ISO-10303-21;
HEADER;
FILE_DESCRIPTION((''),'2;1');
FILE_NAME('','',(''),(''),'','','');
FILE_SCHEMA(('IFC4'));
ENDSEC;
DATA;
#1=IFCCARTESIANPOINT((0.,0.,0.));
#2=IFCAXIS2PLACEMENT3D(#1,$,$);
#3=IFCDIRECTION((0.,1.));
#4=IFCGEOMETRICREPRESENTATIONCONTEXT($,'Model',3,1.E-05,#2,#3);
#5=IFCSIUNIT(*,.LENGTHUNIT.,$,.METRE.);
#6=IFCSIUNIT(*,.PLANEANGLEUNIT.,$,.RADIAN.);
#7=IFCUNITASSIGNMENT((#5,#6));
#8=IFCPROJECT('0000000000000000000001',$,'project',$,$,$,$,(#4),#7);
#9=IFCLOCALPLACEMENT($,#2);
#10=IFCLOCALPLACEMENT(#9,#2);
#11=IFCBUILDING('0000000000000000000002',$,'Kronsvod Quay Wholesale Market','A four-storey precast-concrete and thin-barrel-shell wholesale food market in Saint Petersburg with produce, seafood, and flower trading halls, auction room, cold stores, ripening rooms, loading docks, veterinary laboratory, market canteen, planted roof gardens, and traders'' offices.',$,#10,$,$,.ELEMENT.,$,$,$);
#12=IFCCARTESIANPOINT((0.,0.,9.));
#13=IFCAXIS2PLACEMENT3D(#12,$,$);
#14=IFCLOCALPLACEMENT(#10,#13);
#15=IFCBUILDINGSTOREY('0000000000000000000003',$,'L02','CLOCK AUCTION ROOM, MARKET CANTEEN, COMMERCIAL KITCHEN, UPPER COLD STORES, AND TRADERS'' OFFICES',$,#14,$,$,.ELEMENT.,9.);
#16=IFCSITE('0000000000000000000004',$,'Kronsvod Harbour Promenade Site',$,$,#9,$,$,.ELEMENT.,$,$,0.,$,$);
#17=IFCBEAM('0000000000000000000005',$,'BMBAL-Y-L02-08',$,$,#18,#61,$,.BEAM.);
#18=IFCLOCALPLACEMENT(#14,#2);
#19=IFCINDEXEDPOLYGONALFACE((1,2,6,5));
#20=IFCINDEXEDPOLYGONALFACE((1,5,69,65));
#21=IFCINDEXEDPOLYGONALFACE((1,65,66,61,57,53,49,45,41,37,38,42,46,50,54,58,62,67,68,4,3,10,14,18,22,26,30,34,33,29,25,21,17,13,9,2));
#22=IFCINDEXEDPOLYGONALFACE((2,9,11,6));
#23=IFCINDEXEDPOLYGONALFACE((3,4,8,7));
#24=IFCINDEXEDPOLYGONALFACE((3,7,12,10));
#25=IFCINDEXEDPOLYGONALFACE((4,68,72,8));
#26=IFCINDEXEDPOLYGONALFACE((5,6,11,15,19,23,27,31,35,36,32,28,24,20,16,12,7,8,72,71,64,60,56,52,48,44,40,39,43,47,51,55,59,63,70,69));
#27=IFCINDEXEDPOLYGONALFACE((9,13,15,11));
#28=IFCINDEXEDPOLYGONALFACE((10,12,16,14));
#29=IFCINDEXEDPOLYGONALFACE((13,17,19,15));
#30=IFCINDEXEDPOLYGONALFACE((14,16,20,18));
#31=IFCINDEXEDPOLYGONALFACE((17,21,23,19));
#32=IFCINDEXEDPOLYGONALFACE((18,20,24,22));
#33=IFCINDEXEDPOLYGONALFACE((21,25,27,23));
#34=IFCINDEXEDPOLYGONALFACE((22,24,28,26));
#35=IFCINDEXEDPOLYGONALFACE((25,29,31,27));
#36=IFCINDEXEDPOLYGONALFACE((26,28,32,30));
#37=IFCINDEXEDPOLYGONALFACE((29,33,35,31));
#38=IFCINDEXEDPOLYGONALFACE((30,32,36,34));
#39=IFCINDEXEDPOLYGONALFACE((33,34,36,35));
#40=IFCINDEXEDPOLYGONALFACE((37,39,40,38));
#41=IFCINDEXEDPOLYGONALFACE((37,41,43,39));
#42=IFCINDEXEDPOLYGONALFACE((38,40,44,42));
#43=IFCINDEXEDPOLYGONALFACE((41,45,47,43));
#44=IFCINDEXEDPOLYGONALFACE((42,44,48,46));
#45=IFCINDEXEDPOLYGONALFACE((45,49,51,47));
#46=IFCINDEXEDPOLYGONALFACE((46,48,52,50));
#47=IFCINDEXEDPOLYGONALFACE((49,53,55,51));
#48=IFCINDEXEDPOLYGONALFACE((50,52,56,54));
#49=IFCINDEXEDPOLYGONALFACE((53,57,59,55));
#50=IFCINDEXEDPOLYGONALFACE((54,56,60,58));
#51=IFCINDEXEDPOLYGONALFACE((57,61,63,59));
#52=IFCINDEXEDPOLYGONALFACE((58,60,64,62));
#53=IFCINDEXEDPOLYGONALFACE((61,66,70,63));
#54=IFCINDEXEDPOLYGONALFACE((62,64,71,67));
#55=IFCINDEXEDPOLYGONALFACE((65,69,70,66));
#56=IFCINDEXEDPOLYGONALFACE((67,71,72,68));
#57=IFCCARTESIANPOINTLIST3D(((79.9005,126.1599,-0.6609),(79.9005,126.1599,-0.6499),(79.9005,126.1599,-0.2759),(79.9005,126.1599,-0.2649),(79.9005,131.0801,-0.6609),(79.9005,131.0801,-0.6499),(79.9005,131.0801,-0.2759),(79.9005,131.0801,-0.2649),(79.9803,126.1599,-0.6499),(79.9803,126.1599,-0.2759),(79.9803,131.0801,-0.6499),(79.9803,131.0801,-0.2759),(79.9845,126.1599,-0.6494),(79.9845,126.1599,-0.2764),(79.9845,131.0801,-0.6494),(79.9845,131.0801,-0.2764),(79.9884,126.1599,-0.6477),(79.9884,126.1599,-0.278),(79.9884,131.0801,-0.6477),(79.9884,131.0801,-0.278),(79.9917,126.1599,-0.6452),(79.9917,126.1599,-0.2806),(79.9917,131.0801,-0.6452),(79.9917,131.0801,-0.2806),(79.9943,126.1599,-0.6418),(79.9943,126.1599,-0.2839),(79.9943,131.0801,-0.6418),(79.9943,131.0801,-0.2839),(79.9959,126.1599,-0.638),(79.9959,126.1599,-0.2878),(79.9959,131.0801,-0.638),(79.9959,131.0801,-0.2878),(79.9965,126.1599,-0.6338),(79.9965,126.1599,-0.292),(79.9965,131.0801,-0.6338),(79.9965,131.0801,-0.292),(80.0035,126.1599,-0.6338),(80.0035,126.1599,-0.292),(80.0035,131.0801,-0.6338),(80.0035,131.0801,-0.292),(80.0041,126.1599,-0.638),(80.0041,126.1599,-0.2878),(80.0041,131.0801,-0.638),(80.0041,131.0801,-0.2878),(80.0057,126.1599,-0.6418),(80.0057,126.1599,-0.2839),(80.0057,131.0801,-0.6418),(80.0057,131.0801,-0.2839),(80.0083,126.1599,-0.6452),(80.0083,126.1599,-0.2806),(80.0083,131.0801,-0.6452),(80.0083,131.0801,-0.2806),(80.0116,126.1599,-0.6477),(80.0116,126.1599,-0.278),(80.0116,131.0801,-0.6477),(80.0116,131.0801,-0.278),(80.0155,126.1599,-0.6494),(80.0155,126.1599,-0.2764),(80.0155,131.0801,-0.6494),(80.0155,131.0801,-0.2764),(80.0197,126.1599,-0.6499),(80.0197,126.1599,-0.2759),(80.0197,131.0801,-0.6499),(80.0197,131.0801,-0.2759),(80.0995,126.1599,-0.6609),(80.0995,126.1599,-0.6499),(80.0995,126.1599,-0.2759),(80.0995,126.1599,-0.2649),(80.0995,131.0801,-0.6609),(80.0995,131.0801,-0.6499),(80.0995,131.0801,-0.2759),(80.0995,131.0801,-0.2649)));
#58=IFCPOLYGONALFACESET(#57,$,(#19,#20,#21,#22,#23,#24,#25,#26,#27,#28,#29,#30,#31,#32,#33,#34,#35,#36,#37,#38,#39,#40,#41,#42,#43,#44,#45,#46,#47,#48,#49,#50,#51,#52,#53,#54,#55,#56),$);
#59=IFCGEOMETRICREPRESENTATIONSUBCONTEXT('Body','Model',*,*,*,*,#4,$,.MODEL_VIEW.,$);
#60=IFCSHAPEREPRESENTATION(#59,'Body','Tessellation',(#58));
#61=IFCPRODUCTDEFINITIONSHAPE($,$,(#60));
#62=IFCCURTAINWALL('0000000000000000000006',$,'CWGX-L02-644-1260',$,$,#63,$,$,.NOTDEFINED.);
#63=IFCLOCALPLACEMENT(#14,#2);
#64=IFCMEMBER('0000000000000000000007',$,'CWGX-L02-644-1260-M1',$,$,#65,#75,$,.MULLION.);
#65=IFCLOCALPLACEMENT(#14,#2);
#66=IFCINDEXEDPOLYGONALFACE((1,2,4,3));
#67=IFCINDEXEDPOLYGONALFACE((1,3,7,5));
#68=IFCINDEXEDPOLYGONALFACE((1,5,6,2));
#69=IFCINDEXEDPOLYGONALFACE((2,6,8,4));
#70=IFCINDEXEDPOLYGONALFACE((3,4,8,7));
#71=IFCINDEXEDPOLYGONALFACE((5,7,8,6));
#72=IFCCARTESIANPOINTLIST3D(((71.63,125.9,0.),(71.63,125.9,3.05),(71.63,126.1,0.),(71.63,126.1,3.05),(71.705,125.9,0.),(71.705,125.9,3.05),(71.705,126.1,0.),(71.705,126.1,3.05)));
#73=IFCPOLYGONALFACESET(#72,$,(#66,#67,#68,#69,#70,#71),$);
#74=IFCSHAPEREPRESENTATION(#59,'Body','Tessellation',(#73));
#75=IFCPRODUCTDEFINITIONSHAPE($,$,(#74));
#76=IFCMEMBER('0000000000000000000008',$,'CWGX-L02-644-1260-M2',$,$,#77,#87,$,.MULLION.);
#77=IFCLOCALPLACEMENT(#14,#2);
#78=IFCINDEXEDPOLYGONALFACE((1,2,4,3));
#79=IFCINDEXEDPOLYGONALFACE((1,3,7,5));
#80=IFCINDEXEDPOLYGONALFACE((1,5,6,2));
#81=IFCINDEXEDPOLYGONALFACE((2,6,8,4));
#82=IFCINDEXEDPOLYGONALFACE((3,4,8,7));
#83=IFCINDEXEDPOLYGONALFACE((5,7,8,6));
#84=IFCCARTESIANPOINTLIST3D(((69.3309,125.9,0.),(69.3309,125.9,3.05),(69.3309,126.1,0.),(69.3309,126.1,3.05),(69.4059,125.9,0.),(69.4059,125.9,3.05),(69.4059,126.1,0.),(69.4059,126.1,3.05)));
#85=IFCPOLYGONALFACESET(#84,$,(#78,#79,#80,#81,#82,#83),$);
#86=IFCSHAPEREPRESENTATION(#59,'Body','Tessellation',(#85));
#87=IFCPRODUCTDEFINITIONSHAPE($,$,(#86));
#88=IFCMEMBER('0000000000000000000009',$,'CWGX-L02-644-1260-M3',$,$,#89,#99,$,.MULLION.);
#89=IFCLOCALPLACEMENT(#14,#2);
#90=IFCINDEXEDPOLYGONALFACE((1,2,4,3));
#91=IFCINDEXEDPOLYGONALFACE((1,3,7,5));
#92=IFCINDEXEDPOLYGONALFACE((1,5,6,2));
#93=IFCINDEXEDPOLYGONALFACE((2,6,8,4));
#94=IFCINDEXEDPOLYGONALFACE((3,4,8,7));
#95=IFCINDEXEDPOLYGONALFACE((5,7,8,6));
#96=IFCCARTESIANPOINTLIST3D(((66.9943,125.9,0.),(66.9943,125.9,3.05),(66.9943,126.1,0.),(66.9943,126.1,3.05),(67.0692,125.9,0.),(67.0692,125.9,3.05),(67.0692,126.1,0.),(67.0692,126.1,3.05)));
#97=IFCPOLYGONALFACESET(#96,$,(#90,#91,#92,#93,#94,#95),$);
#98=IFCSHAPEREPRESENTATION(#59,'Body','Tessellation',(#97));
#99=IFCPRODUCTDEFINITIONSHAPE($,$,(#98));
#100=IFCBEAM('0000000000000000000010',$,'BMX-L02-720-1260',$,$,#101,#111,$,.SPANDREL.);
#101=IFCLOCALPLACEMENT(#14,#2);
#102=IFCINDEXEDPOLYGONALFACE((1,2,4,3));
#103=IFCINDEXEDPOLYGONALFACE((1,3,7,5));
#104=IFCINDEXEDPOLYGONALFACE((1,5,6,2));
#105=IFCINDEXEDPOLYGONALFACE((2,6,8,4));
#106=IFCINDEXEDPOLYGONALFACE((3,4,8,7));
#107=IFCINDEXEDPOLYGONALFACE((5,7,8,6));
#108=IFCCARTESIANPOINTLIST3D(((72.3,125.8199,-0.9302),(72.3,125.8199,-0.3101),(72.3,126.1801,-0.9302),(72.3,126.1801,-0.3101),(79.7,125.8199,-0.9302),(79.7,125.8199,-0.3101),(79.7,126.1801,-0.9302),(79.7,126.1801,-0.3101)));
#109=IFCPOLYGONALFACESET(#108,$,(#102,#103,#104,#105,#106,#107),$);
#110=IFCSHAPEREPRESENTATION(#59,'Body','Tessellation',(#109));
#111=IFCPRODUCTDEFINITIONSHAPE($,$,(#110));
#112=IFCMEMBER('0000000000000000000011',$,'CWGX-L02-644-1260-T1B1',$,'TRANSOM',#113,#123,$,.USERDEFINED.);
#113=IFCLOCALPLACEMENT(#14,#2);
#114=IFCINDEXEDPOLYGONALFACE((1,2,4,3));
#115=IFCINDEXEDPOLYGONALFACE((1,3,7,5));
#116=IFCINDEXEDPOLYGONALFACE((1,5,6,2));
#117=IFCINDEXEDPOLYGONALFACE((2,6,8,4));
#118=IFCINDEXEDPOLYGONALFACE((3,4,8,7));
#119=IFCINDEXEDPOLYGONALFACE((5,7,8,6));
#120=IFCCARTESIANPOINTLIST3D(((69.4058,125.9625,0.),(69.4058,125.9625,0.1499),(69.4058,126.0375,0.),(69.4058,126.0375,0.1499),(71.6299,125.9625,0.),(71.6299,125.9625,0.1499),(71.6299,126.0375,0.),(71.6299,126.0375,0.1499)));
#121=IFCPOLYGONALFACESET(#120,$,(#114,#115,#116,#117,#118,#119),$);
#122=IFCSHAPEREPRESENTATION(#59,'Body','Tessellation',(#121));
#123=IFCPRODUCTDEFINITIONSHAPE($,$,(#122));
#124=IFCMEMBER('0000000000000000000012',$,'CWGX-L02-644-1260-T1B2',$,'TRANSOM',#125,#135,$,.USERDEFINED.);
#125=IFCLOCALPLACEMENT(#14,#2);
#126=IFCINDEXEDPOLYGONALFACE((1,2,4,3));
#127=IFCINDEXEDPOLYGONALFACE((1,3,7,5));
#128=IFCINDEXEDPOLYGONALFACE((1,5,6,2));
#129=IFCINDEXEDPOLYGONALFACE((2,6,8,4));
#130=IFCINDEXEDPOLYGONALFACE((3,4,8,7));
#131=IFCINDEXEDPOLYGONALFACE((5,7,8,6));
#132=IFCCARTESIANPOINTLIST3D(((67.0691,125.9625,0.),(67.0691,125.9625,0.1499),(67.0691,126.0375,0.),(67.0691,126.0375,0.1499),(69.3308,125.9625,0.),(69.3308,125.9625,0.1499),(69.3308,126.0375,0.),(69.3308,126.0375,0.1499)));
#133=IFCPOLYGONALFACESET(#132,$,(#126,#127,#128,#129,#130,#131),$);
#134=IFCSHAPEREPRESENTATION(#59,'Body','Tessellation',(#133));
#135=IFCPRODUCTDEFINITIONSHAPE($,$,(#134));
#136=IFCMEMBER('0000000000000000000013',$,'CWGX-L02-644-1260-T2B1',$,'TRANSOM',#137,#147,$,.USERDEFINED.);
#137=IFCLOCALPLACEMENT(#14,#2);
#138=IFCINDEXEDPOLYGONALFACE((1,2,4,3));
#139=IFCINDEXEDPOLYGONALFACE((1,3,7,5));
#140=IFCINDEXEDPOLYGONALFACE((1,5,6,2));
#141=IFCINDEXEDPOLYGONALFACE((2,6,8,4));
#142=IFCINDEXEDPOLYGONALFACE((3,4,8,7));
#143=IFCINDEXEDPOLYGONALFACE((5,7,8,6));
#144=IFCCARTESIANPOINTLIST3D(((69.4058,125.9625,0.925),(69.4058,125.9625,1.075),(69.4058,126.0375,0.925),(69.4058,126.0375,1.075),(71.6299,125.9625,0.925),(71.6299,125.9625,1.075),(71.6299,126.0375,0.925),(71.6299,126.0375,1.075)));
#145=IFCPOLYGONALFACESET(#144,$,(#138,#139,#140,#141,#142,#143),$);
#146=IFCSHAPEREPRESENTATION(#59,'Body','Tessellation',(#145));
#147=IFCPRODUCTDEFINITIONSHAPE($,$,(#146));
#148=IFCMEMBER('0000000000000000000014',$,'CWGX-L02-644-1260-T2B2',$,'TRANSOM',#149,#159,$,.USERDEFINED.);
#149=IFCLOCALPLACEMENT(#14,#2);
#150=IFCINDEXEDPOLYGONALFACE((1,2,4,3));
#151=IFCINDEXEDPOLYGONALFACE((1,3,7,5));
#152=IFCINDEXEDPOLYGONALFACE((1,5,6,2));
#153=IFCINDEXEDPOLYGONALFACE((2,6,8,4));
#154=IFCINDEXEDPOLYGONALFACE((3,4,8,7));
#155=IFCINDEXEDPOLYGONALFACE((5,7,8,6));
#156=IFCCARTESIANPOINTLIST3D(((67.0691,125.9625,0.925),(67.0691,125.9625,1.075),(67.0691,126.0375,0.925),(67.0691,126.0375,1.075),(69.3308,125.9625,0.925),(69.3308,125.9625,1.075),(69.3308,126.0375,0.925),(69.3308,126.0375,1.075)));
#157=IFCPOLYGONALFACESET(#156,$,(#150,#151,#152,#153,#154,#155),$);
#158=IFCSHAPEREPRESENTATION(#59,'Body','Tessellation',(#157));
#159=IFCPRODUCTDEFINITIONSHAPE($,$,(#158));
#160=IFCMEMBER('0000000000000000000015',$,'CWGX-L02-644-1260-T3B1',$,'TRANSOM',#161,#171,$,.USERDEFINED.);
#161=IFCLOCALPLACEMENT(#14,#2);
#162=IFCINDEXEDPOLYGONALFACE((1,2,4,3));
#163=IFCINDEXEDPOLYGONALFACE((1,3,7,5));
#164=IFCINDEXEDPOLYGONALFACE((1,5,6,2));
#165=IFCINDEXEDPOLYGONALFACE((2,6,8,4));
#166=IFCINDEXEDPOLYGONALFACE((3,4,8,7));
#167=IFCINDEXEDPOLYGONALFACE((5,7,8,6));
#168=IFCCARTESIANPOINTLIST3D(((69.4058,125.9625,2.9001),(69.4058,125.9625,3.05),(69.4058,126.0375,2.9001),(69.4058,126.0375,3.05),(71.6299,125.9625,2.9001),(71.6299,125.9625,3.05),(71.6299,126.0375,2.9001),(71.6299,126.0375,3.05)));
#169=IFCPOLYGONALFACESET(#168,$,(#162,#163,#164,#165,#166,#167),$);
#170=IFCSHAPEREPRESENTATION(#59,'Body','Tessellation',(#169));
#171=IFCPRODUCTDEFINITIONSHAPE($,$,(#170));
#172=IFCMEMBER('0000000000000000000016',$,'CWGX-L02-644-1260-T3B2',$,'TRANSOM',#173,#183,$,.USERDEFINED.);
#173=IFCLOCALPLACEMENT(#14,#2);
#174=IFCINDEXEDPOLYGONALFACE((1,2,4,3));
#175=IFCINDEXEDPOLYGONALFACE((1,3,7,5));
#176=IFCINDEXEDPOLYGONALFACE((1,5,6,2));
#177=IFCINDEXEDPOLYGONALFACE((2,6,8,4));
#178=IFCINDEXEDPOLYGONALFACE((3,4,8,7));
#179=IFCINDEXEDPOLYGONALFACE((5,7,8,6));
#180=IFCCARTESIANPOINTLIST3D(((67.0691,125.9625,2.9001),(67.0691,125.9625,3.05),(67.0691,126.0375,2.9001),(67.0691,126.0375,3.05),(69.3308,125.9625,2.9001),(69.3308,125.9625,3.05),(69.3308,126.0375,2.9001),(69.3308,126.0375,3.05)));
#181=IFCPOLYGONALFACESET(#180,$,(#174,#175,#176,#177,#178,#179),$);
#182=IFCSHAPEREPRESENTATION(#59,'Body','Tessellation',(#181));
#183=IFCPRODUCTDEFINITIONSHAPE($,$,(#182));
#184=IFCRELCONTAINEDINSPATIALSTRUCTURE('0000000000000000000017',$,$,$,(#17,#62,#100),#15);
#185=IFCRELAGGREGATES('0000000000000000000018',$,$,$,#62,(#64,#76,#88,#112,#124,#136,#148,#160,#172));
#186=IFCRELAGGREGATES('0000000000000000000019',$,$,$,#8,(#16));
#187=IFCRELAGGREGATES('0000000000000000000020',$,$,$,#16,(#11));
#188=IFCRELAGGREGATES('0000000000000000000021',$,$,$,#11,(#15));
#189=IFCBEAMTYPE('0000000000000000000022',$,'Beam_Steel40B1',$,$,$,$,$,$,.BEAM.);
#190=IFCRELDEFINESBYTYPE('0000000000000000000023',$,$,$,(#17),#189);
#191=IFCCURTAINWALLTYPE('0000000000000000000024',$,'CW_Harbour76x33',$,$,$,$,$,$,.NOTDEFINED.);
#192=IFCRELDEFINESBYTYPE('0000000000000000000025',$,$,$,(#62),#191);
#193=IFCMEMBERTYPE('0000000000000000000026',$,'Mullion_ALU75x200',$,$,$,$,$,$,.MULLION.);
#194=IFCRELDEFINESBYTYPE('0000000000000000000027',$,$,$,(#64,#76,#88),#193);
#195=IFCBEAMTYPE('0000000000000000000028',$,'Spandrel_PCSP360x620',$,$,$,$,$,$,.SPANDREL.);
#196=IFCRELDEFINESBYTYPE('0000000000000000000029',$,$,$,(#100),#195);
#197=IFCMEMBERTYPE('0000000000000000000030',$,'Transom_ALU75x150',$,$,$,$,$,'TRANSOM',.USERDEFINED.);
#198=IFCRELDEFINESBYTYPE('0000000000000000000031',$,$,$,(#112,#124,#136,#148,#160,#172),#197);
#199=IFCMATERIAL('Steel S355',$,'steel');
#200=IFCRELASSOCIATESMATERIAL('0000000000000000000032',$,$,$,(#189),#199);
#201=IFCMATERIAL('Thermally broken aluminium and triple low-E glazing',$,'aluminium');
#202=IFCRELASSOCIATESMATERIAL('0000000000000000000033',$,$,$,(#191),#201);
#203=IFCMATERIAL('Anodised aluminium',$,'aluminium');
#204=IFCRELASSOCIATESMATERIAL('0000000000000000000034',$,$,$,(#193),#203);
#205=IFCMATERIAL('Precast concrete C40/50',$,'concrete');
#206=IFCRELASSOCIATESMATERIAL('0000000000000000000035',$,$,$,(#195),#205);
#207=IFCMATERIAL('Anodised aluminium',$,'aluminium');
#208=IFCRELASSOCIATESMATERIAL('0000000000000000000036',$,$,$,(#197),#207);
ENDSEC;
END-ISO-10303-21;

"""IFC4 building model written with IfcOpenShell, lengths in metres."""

from ifc_helpers import new_model, si_unit, direction, frame, origin, origin_2d, place, context, subcontext, project, spatial, rectangle, i_section, extrude, material, material_profile, profile_set, type_object, element, aggregate, save


model = new_model("IFC4")

# Units and contexts
model_context = context("Model", 3, precision=1e-05, world=origin(), true_north=direction((0.0, 1.0)))
body_context = subcontext(model_context, "Body", "Model", "MODEL_VIEW")
ifc_project = project(units=[si_unit("LENGTHUNIT", "METRE"), si_unit("PLANEANGLEUNIT", "RADIAN")], contexts=[model_context])

# Site, building, storey
site_placement = place(None, origin())
site = spatial("IfcSite", under=ifc_project, at=site_placement, Name="Kronsvod Harbour Promenade Site", CompositionType="ELEMENT", RefElevation=0.0)
building_placement = place(site_placement, origin())
building = spatial("IfcBuilding", under=site, at=building_placement, Name="Kronsvod Quay Wholesale Market", Description="A four-storey precast-concrete and thin-barrel-shell wholesale food market in Saint Petersburg with produce, seafood, and flower trading halls, auction room, cold stores, ripening rooms, loading docks, veterinary laboratory, market canteen, planted roof gardens, and traders' offices.", CompositionType="ELEMENT")
storey_placement = place(building_placement, frame((0.0, 0.0, 9.0)))
storey = spatial("IfcBuildingStorey", under=building, at=storey_placement, Name="L02", Description="CLOCK AUCTION ROOM, MARKET CANTEEN, COMMERCIAL KITCHEN, UPPER COLD STORES, AND TRADERS' OFFICES", CompositionType="ELEMENT", Elevation=9.0)

# Beam
ifc_material_1 = material(Name="Steel S355", Category="steel")
ifc_material_profile_1 = material_profile(ifc_material_1, i_section(OverallWidth=0.199, OverallDepth=0.396, WebThickness=0.0071, FlangeThickness=0.011, FilletRadius=0.0161, at=origin_2d()), Name="40B1")
ifc_profile_set_1 = profile_set([ifc_material_profile_1], Name="Steel S355")
beam_type_1 = type_object("IfcBeamType", Name="Beam_Steel40B1", PredefinedType="BEAM", material=ifc_profile_set_1)
for number, where, z_axis, x_axis, name in (
    (1, (80.0, 126.1599, -0.4629), (0.0, 1.0, 0.0), (-1.0, 0.0, 0.0), "BMBAL-Y-L02-08"),
):
    element("IfcBeam", number, at=place(storey_placement, frame(where, z_axis=z_axis, x_axis=x_axis)), inside=storey, type_object=beam_type_1, Name=name, PredefinedType="BEAM", context=body_context, shape_type="SweptSolid", body=[
        extrude(i_section(OverallWidth=0.199, OverallDepth=0.396, WebThickness=0.0071, FlangeThickness=0.011, FilletRadius=0.0161, at=origin_2d()), origin(), (0.0, 0.0, 1.0), 4.9202),
    ])

# Curtain wall, members
ifc_material_2 = material(Name="Thermally broken aluminium and triple low-E glazing", Category="aluminium")
curtain_wall_type = type_object("IfcCurtainWallType", Name="CW_Harbour76x33", PredefinedType="NOTDEFINED", material=ifc_material_2)
curtain_wall_placement = place(storey_placement, origin())
curtain_wall = element("IfcCurtainWall", 2, at=curtain_wall_placement, inside=storey, type_object=curtain_wall_type, Name="CWGX-L02-644-1260", PredefinedType="NOTDEFINED")
ifc_material_3 = material(Name="Anodised aluminium", Category="aluminium")
ifc_material_profile_2 = material_profile(ifc_material_3, rectangle(XDim=0.075, YDim=0.2, at=origin_2d()), Name="ALUM75x200")
ifc_profile_set_2 = profile_set([ifc_material_profile_2], Name="Anodised aluminium")
member_type_1 = type_object("IfcMemberType", Name="Mullion_ALU75x200", PredefinedType="MULLION", material=ifc_profile_set_2)
member_1_placement = place(storey_placement, frame((71.6675, 126.0, 0.0), z_axis=(0.0, 0.0, 1.0), x_axis=(1.0, 0.0, 0.0)))
member_1 = element("IfcMember", 3, at=member_1_placement, type_object=member_type_1, Name="CWGX-L02-644-1260-M1", PredefinedType="MULLION", context=body_context, shape_type="SweptSolid", body=[
    extrude(rectangle(XDim=0.075, YDim=0.2, at=origin_2d()), origin(), (0.0, 0.0, 1.0), 3.05),
])
member_2_placement = place(storey_placement, frame((69.3684, 126.0, 0.0), z_axis=(0.0, 0.0, 1.0), x_axis=(1.0, 0.0, 0.0)))
member_2 = element("IfcMember", 4, at=member_2_placement, type_object=member_type_1, Name="CWGX-L02-644-1260-M2", PredefinedType="MULLION", context=body_context, shape_type="SweptSolid", body=[
    extrude(rectangle(XDim=0.075, YDim=0.2, at=origin_2d()), origin(), (0.0, 0.0, 1.0), 3.05),
])
member_3_placement = place(storey_placement, frame((67.0317, 126.0, 0.0), z_axis=(0.0, 0.0, 1.0), x_axis=(1.0, 0.0, 0.0)))
member_3 = element("IfcMember", 5, at=member_3_placement, type_object=member_type_1, Name="CWGX-L02-644-1260-M3", PredefinedType="MULLION", context=body_context, shape_type="SweptSolid", body=[
    extrude(rectangle(XDim=0.075, YDim=0.2, at=origin_2d()), origin(), (0.0, 0.0, 1.0), 3.05),
])

# Beam
ifc_material_4 = material(Name="Precast concrete C40/50", Category="concrete")
ifc_material_profile_3 = material_profile(ifc_material_4, rectangle(XDim=0.3601, YDim=0.6201, at=origin_2d()), Name="SPB-02")
ifc_profile_set_3 = profile_set([ifc_material_profile_3], Name="Precast concrete C40/50")
beam_type_2 = type_object("IfcBeamType", Name="Spandrel_PCSP360x620", PredefinedType="SPANDREL", material=ifc_profile_set_3)
beam_placement = place(storey_placement, frame((72.3, 126.0, -0.6201), z_axis=(1.0, 0.0, 0.0), x_axis=(0.0, 1.0, 0.0)))
element("IfcBeam", 6, at=beam_placement, inside=storey, type_object=beam_type_2, Name="BMX-L02-720-1260", PredefinedType="SPANDREL", context=body_context, shape_type="SweptSolid", body=[
    extrude(rectangle(XDim=0.3601, YDim=0.6201, at=origin_2d()), origin(), (0.0, 0.0, 1.0), 7.3999),
])

# Members
ifc_material_5 = material(Name="Anodised aluminium", Category="aluminium")
ifc_material_profile_4 = material_profile(ifc_material_5, rectangle(XDim=0.075, YDim=0.1499, at=origin_2d()), Name="ALUT75x150")
ifc_profile_set_4 = profile_set([ifc_material_profile_4], Name="Anodised aluminium")
member_type_2 = type_object("IfcMemberType", Name="Transom_ALU75x150", ElementType="TRANSOM", PredefinedType="USERDEFINED", material=ifc_profile_set_4)
member_4_placement = place(storey_placement, frame((71.6299, 126.0, 0.075), z_axis=(-1.0, 0.0, 0.0), x_axis=(0.0, -1.0, 0.0)))
member_4 = element("IfcMember", 7, at=member_4_placement, type_object=member_type_2, Name="CWGX-L02-644-1260-T1B1", ObjectType="TRANSOM", PredefinedType="USERDEFINED", context=body_context, shape_type="SweptSolid", body=[
    extrude(rectangle(XDim=0.075, YDim=0.1499, at=origin_2d()), origin(), (0.0, 0.0, 1.0), 2.2241),
])
member_5_placement = place(storey_placement, frame((69.3308, 126.0, 0.075), z_axis=(-1.0, 0.0, 0.0), x_axis=(0.0, -1.0, 0.0)))
member_5 = element("IfcMember", 8, at=member_5_placement, type_object=member_type_2, Name="CWGX-L02-644-1260-T1B2", ObjectType="TRANSOM", PredefinedType="USERDEFINED", context=body_context, shape_type="SweptSolid", body=[
    extrude(rectangle(XDim=0.075, YDim=0.1499, at=origin_2d()), origin(), (0.0, 0.0, 1.0), 2.2617),
])
member_6_placement = place(storey_placement, frame((71.6299, 126.0, 1.0), z_axis=(-1.0, 0.0, 0.0), x_axis=(0.0, -1.0, 0.0)))
member_6 = element("IfcMember", 9, at=member_6_placement, type_object=member_type_2, Name="CWGX-L02-644-1260-T2B1", ObjectType="TRANSOM", PredefinedType="USERDEFINED", context=body_context, shape_type="SweptSolid", body=[
    extrude(rectangle(XDim=0.075, YDim=0.1499, at=origin_2d()), origin(), (0.0, 0.0, 1.0), 2.2241),
])
member_7_placement = place(storey_placement, frame((69.3308, 126.0, 1.0), z_axis=(-1.0, 0.0, 0.0), x_axis=(0.0, -1.0, 0.0)))
member_7 = element("IfcMember", 10, at=member_7_placement, type_object=member_type_2, Name="CWGX-L02-644-1260-T2B2", ObjectType="TRANSOM", PredefinedType="USERDEFINED", context=body_context, shape_type="SweptSolid", body=[
    extrude(rectangle(XDim=0.075, YDim=0.1499, at=origin_2d()), origin(), (0.0, 0.0, 1.0), 2.2617),
])
member_8_placement = place(storey_placement, frame((71.6299, 126.0, 2.9751), z_axis=(-1.0, 0.0, 0.0), x_axis=(0.0, -1.0, 0.0)))
member_8 = element("IfcMember", 11, at=member_8_placement, type_object=member_type_2, Name="CWGX-L02-644-1260-T3B1", ObjectType="TRANSOM", PredefinedType="USERDEFINED", context=body_context, shape_type="SweptSolid", body=[
    extrude(rectangle(XDim=0.075, YDim=0.1499, at=origin_2d()), origin(), (0.0, 0.0, 1.0), 2.2241),
])
member_9_placement = place(storey_placement, frame((69.3308, 126.0, 2.9751), z_axis=(-1.0, 0.0, 0.0), x_axis=(0.0, -1.0, 0.0)))
member_9 = element("IfcMember", 12, at=member_9_placement, type_object=member_type_2, Name="CWGX-L02-644-1260-T3B2", ObjectType="TRANSOM", PredefinedType="USERDEFINED", context=body_context, shape_type="SweptSolid", body=[
    extrude(rectangle(XDim=0.075, YDim=0.1499, at=origin_2d()), origin(), (0.0, 0.0, 1.0), 2.2617),
])

aggregate(curtain_wall, [member_1, member_2, member_3, member_4, member_5, member_6, member_7, member_8, member_9])

save(model, "model.ifc")
